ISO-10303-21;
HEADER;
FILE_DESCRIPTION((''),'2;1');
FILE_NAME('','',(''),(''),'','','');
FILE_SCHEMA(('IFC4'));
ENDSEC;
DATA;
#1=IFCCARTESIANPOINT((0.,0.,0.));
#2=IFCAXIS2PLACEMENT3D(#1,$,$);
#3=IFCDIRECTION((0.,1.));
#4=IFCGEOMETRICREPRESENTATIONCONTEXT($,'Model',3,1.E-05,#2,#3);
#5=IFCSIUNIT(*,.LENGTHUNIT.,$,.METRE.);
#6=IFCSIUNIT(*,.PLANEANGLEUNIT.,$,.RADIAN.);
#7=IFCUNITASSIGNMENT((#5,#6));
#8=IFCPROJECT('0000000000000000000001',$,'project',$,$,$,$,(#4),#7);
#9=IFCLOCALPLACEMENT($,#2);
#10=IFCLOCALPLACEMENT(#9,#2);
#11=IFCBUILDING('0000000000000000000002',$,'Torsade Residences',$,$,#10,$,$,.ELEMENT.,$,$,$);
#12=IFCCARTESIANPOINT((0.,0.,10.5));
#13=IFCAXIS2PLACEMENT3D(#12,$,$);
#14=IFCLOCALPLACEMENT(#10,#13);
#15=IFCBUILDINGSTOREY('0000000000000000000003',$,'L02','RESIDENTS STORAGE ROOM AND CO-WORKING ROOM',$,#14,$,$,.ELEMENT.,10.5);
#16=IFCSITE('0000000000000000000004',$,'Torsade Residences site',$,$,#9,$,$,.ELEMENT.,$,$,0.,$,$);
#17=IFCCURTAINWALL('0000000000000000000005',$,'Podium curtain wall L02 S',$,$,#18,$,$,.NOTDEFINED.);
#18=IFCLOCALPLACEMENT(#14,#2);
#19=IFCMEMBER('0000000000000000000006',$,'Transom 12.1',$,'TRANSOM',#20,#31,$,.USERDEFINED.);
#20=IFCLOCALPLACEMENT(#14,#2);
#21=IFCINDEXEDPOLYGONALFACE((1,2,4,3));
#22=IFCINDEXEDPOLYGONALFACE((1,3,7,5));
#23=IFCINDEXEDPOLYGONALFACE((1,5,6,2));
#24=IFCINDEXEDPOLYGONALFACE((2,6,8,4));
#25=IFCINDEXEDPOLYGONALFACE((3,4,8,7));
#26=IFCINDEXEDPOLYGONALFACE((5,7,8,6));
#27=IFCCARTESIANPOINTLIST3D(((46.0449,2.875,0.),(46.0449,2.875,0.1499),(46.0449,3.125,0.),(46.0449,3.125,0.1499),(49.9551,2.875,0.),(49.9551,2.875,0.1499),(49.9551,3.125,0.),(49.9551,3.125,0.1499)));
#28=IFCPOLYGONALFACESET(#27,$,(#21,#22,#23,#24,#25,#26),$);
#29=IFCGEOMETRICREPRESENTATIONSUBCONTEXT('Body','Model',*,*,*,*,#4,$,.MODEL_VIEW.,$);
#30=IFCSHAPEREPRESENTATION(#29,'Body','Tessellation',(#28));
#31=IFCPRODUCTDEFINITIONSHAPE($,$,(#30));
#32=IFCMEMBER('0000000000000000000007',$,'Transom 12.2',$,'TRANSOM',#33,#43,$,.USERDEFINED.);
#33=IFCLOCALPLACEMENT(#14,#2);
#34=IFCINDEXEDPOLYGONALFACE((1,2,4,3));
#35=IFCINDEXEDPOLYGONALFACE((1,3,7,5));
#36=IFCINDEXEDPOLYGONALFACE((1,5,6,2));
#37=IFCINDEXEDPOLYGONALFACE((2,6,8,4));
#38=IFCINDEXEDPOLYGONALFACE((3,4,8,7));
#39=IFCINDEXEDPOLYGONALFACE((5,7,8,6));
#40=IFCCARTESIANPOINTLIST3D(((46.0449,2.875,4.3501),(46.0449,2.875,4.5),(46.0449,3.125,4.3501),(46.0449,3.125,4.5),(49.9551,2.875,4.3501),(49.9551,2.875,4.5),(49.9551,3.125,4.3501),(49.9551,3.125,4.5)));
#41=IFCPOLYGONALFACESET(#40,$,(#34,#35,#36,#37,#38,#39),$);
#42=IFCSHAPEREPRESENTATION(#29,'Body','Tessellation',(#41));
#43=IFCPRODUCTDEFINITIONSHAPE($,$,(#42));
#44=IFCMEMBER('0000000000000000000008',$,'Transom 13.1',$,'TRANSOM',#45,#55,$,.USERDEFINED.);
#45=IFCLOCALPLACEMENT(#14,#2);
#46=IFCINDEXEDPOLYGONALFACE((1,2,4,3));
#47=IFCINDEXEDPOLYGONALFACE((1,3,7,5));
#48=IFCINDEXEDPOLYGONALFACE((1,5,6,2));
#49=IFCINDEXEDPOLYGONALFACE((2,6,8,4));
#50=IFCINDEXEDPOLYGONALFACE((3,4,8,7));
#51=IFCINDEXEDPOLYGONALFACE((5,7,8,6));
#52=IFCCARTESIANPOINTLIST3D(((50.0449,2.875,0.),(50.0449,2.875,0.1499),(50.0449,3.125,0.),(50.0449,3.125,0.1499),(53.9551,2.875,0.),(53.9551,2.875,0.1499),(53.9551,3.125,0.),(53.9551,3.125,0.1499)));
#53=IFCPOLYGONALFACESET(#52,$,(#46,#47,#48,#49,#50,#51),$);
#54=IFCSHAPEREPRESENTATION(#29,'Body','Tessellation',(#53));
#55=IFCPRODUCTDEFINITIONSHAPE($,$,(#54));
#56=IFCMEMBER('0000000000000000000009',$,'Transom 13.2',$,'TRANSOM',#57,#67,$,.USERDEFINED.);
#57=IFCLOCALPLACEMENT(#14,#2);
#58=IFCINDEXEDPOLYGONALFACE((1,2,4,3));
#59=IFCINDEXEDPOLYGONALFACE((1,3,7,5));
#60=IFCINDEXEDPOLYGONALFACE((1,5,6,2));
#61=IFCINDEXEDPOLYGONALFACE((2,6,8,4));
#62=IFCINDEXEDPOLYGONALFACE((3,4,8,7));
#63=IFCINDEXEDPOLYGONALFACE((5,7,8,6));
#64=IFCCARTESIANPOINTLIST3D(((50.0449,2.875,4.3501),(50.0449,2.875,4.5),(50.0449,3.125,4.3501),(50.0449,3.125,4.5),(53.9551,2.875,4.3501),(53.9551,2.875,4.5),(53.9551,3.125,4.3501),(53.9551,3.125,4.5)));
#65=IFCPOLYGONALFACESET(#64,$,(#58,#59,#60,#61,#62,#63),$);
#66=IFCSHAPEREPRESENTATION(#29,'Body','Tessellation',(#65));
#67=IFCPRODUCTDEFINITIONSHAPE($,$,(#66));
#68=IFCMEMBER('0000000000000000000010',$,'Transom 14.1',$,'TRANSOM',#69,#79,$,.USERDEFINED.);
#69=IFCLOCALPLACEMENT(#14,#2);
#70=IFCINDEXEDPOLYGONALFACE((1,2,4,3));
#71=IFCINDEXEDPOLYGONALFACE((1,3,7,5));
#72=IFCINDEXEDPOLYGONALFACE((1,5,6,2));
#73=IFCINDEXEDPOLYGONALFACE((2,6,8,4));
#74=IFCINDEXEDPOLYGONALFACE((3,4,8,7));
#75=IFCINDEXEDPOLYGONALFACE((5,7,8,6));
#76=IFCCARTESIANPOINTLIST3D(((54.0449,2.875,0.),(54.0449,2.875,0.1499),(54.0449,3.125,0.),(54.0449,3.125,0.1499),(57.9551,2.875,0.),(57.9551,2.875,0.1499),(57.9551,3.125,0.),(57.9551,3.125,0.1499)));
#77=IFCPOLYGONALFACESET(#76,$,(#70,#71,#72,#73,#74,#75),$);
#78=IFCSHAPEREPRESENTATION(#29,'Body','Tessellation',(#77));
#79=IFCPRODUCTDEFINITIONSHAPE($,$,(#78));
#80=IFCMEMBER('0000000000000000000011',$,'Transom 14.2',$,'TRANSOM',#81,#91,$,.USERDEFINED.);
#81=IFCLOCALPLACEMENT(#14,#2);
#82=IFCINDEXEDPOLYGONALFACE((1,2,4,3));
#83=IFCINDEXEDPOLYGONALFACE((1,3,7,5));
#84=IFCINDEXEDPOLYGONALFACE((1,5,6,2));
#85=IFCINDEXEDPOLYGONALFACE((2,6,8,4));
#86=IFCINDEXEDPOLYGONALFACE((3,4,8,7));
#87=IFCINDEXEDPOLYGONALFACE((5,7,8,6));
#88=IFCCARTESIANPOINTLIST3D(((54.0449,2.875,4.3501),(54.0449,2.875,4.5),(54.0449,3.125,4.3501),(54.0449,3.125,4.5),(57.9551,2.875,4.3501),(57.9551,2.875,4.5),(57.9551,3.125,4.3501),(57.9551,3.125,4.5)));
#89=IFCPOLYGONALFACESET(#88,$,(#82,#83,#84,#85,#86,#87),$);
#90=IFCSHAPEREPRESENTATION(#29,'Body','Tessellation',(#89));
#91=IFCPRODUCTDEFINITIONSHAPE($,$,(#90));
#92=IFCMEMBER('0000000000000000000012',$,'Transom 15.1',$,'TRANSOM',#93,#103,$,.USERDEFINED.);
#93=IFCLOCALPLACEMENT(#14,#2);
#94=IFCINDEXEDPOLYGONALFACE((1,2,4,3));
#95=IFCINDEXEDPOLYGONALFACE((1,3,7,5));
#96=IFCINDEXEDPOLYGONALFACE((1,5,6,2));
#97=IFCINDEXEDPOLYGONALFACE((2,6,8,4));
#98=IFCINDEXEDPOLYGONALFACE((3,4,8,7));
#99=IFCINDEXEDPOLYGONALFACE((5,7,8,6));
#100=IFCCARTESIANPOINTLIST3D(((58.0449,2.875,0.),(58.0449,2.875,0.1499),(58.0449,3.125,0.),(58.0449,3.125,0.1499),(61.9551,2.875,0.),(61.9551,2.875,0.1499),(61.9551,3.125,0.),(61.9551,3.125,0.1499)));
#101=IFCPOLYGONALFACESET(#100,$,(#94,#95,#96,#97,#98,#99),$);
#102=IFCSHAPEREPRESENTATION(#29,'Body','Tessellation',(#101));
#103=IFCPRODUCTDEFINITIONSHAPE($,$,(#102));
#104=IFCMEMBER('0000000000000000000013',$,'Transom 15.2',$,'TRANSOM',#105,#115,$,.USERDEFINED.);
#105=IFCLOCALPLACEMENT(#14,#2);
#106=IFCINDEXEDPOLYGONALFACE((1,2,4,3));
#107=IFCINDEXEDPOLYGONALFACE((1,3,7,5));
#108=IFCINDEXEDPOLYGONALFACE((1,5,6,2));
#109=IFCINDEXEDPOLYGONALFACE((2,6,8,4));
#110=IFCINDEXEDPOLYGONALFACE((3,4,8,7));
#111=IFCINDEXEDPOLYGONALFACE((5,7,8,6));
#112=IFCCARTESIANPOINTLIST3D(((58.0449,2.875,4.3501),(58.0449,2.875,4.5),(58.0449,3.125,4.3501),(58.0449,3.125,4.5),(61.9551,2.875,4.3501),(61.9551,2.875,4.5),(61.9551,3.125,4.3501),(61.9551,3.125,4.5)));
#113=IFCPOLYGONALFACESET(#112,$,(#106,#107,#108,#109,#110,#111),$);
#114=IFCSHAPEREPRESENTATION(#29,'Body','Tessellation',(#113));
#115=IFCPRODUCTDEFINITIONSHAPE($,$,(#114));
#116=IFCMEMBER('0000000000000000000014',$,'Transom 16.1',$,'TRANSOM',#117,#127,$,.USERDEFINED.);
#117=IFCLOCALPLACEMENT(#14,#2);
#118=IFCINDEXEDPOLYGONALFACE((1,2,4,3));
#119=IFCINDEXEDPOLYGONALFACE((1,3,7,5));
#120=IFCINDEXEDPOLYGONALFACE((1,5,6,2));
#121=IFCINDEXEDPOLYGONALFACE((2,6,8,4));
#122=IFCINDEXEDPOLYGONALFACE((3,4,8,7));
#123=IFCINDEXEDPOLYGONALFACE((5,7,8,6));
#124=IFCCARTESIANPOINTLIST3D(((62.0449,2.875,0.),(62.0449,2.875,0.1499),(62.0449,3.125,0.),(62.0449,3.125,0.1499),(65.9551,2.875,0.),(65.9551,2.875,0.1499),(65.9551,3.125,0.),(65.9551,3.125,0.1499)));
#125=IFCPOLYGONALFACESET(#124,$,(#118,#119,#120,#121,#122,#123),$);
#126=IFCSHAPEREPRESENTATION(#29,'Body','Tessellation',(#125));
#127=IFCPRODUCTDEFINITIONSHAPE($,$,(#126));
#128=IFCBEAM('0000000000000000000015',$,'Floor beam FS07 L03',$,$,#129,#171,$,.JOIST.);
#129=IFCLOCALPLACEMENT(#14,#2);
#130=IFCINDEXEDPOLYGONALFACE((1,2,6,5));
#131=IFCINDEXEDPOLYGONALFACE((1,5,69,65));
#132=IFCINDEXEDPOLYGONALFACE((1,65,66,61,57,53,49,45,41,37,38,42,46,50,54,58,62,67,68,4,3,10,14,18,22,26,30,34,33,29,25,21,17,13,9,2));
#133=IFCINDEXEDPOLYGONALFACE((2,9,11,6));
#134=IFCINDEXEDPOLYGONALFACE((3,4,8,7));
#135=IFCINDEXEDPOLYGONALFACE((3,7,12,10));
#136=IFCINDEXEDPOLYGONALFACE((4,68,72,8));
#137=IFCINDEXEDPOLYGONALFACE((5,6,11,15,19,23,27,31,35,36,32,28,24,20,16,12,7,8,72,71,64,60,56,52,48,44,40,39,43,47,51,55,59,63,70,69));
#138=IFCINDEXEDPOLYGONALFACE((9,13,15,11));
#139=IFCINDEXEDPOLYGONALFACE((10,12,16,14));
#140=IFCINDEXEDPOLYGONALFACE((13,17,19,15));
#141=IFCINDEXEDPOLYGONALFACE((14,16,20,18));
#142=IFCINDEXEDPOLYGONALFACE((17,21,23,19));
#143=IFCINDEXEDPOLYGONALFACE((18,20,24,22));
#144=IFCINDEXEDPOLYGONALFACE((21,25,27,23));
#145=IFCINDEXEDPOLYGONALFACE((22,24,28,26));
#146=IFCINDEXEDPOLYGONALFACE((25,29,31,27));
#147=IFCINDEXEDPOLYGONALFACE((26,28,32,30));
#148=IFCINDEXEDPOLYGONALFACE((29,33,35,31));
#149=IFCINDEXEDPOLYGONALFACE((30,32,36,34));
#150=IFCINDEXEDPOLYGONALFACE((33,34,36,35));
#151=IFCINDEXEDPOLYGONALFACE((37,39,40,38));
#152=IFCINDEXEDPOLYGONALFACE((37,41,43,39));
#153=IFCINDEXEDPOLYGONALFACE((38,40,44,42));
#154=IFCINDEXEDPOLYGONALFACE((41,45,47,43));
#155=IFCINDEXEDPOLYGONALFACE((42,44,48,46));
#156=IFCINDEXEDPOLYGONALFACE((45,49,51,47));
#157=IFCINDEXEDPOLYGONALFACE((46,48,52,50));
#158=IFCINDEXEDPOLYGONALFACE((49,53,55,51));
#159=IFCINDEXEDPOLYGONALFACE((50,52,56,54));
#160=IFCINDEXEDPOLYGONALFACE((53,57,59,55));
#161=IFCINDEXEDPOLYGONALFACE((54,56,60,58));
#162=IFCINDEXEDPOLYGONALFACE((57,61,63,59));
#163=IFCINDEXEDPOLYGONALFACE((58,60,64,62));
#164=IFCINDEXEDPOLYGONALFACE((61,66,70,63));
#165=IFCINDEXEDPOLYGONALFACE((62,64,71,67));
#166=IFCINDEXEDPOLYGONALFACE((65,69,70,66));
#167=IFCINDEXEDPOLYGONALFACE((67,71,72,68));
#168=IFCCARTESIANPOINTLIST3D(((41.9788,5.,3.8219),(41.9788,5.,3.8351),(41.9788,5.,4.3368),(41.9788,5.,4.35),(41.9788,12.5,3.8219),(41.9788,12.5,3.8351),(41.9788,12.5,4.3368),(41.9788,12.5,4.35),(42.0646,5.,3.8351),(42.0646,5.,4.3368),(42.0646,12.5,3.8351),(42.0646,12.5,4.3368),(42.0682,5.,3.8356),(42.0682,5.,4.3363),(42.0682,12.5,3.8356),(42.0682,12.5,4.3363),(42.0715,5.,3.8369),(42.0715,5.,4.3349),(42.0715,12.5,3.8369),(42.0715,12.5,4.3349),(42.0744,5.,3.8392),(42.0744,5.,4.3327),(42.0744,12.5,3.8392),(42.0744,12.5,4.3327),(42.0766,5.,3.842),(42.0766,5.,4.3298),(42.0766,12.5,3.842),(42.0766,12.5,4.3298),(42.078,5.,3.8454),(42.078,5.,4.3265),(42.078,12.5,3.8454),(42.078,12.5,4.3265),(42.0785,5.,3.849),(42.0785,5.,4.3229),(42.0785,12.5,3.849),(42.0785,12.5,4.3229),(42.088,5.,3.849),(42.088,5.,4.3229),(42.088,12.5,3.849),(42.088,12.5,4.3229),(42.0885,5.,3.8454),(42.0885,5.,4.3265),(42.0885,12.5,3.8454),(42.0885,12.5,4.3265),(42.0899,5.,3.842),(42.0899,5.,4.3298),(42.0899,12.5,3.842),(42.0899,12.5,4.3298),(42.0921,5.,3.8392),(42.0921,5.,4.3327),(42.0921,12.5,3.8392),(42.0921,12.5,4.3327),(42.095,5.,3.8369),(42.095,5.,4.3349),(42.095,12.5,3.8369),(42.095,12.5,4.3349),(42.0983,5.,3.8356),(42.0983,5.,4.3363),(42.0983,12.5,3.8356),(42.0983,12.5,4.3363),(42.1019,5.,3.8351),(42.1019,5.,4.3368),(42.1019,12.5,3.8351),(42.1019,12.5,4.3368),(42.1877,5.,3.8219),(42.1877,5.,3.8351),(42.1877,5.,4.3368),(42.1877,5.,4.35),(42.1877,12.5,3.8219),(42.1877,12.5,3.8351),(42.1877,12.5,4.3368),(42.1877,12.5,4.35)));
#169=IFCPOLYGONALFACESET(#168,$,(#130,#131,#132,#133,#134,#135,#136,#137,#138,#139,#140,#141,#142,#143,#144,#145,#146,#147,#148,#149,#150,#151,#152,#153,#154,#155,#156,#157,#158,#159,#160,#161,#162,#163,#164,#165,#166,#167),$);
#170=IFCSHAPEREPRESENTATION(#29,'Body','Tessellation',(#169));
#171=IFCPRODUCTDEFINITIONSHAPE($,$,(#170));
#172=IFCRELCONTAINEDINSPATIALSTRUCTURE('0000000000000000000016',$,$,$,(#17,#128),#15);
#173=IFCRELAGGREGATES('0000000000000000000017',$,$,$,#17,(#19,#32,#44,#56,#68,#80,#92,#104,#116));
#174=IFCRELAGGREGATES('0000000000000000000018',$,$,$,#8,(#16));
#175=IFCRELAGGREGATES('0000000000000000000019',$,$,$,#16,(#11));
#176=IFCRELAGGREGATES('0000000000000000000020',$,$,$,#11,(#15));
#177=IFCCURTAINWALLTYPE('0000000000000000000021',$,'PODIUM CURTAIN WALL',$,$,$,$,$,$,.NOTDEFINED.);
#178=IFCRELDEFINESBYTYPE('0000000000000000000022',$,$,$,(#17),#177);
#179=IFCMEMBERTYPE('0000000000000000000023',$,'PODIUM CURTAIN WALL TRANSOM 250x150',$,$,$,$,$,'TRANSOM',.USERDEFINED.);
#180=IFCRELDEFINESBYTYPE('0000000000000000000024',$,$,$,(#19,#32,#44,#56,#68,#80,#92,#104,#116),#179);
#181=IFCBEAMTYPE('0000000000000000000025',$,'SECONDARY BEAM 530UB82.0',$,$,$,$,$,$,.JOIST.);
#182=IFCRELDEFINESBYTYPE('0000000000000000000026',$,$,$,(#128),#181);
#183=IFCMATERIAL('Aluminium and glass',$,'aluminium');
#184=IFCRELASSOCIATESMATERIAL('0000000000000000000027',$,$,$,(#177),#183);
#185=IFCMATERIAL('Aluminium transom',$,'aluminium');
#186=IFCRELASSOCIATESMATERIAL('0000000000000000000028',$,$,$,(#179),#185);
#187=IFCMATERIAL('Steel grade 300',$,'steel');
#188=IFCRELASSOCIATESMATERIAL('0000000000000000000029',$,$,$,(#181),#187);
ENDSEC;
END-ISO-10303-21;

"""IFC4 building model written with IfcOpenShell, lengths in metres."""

from ifc_helpers import new_model, si_unit, direction, frame, origin, origin_2d, place, context, subcontext, project, spatial, rectangle, i_section, extrude, material, material_profile, profile_set, type_object, element, aggregate, save


model = new_model("IFC4")

# Units and contexts
model_context = context("Model", 3, precision=1e-05, world=origin(), true_north=direction((0.0, 1.0)))
body_context = subcontext(model_context, "Body", "Model", "MODEL_VIEW")
ifc_project = project(units=[si_unit("LENGTHUNIT", "METRE"), si_unit("PLANEANGLEUNIT", "RADIAN")], contexts=[model_context])

# Site, building, storey
site_placement = place(None, origin())
site = spatial("IfcSite", under=ifc_project, at=site_placement, Name="Torsade Residences site", CompositionType="ELEMENT", RefElevation=0.0)
building_placement = place(site_placement, origin())
building = spatial("IfcBuilding", under=site, at=building_placement, Name="Torsade Residences", CompositionType="ELEMENT")
storey_placement = place(building_placement, frame((0.0, 0.0, 10.5)))
storey = spatial("IfcBuildingStorey", under=building, at=storey_placement, Name="L02", Description="RESIDENTS STORAGE ROOM AND CO-WORKING ROOM", CompositionType="ELEMENT", Elevation=10.5)

# Curtain wall, members
ifc_material_1 = material(Name="Aluminium and glass", Category="aluminium")
curtain_wall_type = type_object("IfcCurtainWallType", Name="PODIUM CURTAIN WALL", PredefinedType="NOTDEFINED", material=ifc_material_1)
curtain_wall_placement = place(storey_placement, origin())
curtain_wall = element("IfcCurtainWall", 1, at=curtain_wall_placement, inside=storey, type_object=curtain_wall_type, Name="Podium curtain wall L02 S", PredefinedType="NOTDEFINED")
ifc_material_2 = material(Name="Aluminium transom", Category="aluminium")
ifc_material_profile_1 = material_profile(ifc_material_2, rectangle(XDim=0.25, YDim=0.1499, at=origin_2d()), Name="PODIUM CURTAIN WALL TRANSOM 250x150")
ifc_profile_set_1 = profile_set([ifc_material_profile_1], Name="Aluminium transom")
member_type_1 = type_object("IfcMemberType", Name="PODIUM CURTAIN WALL TRANSOM 250x150", ElementType="TRANSOM", PredefinedType="USERDEFINED", material=ifc_profile_set_1)
member_1_placement = place(storey_placement, frame((46.0449, 3.0, 0.075), z_axis=(1.0, 0.0, 0.0), x_axis=(0.0, 1.0, 0.0)))
member_1 = element("IfcMember", 2, at=member_1_placement, type_object=member_type_1, Name="Transom 12.1", ObjectType="TRANSOM", PredefinedType="USERDEFINED", context=body_context, shape_type="SweptSolid", body=[
    extrude(rectangle(XDim=0.25, YDim=0.1499, at=origin_2d()), origin(), (0.0, 0.0, 1.0), 3.9102),
])
member_2_placement = place(storey_placement, frame((46.0449, 3.0, 4.425), z_axis=(1.0, 0.0, 0.0), x_axis=(0.0, 1.0, 0.0)))
member_2 = element("IfcMember", 3, at=member_2_placement, type_object=member_type_1, Name="Transom 12.2", ObjectType="TRANSOM", PredefinedType="USERDEFINED", context=body_context, shape_type="SweptSolid", body=[
    extrude(rectangle(XDim=0.25, YDim=0.1499, at=origin_2d()), origin(), (0.0, 0.0, 1.0), 3.9102),
])
member_3_placement = place(storey_placement, frame((50.0449, 3.0, 0.075), z_axis=(1.0, 0.0, 0.0), x_axis=(0.0, 1.0, 0.0)))
member_3 = element("IfcMember", 4, at=member_3_placement, type_object=member_type_1, Name="Transom 13.1", ObjectType="TRANSOM", PredefinedType="USERDEFINED", context=body_context, shape_type="SweptSolid", body=[
    extrude(rectangle(XDim=0.25, YDim=0.1499, at=origin_2d()), origin(), (0.0, 0.0, 1.0), 3.9102),
])
member_4_placement = place(storey_placement, frame((50.0449, 3.0, 4.425), z_axis=(1.0, 0.0, 0.0), x_axis=(0.0, 1.0, 0.0)))
member_4 = element("IfcMember", 5, at=member_4_placement, type_object=member_type_1, Name="Transom 13.2", ObjectType="TRANSOM", PredefinedType="USERDEFINED", context=body_context, shape_type="SweptSolid", body=[
    extrude(rectangle(XDim=0.25, YDim=0.1499, at=origin_2d()), origin(), (0.0, 0.0, 1.0), 3.9102),
])
member_5_placement = place(storey_placement, frame((54.0449, 3.0, 0.075), z_axis=(1.0, 0.0, 0.0), x_axis=(0.0, 1.0, 0.0)))
member_5 = element("IfcMember", 6, at=member_5_placement, type_object=member_type_1, Name="Transom 14.1", ObjectType="TRANSOM", PredefinedType="USERDEFINED", context=body_context, shape_type="SweptSolid", body=[
    extrude(rectangle(XDim=0.25, YDim=0.1499, at=origin_2d()), origin(), (0.0, 0.0, 1.0), 3.9102),
])
member_6_placement = place(storey_placement, frame((54.0449, 3.0, 4.425), z_axis=(1.0, 0.0, 0.0), x_axis=(0.0, 1.0, 0.0)))
member_6 = element("IfcMember", 7, at=member_6_placement, type_object=member_type_1, Name="Transom 14.2", ObjectType="TRANSOM", PredefinedType="USERDEFINED", context=body_context, shape_type="SweptSolid", body=[
    extrude(rectangle(XDim=0.25, YDim=0.1499, at=origin_2d()), origin(), (0.0, 0.0, 1.0), 3.9102),
])
member_7_placement = place(storey_placement, frame((58.0449, 3.0, 0.075), z_axis=(1.0, 0.0, 0.0), x_axis=(0.0, 1.0, 0.0)))
member_7 = element("IfcMember", 8, at=member_7_placement, type_object=member_type_1, Name="Transom 15.1", ObjectType="TRANSOM", PredefinedType="USERDEFINED", context=body_context, shape_type="SweptSolid", body=[
    extrude(rectangle(XDim=0.25, YDim=0.1499, at=origin_2d()), origin(), (0.0, 0.0, 1.0), 3.9102),
])
member_8_placement = place(storey_placement, frame((58.0449, 3.0, 4.425), z_axis=(1.0, 0.0, 0.0), x_axis=(0.0, 1.0, 0.0)))
member_8 = element("IfcMember", 9, at=member_8_placement, type_object=member_type_1, Name="Transom 15.2", ObjectType="TRANSOM", PredefinedType="USERDEFINED", context=body_context, shape_type="SweptSolid", body=[
    extrude(rectangle(XDim=0.25, YDim=0.1499, at=origin_2d()), origin(), (0.0, 0.0, 1.0), 3.9102),
])
member_9_placement = place(storey_placement, frame((62.0449, 3.0, 0.075), z_axis=(1.0, 0.0, 0.0), x_axis=(0.0, 1.0, 0.0)))
member_9 = element("IfcMember", 10, at=member_9_placement, type_object=member_type_1, Name="Transom 16.1", ObjectType="TRANSOM", PredefinedType="USERDEFINED", context=body_context, shape_type="SweptSolid", body=[
    extrude(rectangle(XDim=0.25, YDim=0.1499, at=origin_2d()), origin(), (0.0, 0.0, 1.0), 3.9102),
])

# Beam
ifc_material_3 = material(Name="Steel grade 300", Category="steel")
ifc_material_profile_2 = material_profile(ifc_material_3, i_section(OverallWidth=0.209, OverallDepth=0.5281, WebThickness=0.0095, FlangeThickness=0.0132, FilletRadius=0.0139, at=origin_2d()), Name="530UB82.0")
ifc_profile_set_2 = profile_set([ifc_material_profile_2], Name="Steel grade 300")
beam_type_1 = type_object("IfcBeamType", Name="SECONDARY BEAM 530UB82.0", PredefinedType="JOIST", material=ifc_profile_set_2)
beam_1_placement = place(storey_placement, frame((42.0833, 5.0, 4.0859), z_axis=(0.0, 1.0, 0.0), x_axis=(-1.0, 0.0, 0.0)))
element("IfcBeam", 11, at=beam_1_placement, inside=storey, type_object=beam_type_1, Name="Floor beam FS07 L03", PredefinedType="JOIST", context=body_context, shape_type="SweptSolid", body=[
    extrude(i_section(OverallWidth=0.209, OverallDepth=0.5281, WebThickness=0.0095, FlangeThickness=0.0132, FilletRadius=0.0139, at=origin_2d()), origin(), (0.0, 0.0, 1.0), 7.5),
])

aggregate(curtain_wall, [member_1, member_2, member_3, member_4, member_5, member_6, member_7, member_8, member_9])

save(model, "model.ifc")
